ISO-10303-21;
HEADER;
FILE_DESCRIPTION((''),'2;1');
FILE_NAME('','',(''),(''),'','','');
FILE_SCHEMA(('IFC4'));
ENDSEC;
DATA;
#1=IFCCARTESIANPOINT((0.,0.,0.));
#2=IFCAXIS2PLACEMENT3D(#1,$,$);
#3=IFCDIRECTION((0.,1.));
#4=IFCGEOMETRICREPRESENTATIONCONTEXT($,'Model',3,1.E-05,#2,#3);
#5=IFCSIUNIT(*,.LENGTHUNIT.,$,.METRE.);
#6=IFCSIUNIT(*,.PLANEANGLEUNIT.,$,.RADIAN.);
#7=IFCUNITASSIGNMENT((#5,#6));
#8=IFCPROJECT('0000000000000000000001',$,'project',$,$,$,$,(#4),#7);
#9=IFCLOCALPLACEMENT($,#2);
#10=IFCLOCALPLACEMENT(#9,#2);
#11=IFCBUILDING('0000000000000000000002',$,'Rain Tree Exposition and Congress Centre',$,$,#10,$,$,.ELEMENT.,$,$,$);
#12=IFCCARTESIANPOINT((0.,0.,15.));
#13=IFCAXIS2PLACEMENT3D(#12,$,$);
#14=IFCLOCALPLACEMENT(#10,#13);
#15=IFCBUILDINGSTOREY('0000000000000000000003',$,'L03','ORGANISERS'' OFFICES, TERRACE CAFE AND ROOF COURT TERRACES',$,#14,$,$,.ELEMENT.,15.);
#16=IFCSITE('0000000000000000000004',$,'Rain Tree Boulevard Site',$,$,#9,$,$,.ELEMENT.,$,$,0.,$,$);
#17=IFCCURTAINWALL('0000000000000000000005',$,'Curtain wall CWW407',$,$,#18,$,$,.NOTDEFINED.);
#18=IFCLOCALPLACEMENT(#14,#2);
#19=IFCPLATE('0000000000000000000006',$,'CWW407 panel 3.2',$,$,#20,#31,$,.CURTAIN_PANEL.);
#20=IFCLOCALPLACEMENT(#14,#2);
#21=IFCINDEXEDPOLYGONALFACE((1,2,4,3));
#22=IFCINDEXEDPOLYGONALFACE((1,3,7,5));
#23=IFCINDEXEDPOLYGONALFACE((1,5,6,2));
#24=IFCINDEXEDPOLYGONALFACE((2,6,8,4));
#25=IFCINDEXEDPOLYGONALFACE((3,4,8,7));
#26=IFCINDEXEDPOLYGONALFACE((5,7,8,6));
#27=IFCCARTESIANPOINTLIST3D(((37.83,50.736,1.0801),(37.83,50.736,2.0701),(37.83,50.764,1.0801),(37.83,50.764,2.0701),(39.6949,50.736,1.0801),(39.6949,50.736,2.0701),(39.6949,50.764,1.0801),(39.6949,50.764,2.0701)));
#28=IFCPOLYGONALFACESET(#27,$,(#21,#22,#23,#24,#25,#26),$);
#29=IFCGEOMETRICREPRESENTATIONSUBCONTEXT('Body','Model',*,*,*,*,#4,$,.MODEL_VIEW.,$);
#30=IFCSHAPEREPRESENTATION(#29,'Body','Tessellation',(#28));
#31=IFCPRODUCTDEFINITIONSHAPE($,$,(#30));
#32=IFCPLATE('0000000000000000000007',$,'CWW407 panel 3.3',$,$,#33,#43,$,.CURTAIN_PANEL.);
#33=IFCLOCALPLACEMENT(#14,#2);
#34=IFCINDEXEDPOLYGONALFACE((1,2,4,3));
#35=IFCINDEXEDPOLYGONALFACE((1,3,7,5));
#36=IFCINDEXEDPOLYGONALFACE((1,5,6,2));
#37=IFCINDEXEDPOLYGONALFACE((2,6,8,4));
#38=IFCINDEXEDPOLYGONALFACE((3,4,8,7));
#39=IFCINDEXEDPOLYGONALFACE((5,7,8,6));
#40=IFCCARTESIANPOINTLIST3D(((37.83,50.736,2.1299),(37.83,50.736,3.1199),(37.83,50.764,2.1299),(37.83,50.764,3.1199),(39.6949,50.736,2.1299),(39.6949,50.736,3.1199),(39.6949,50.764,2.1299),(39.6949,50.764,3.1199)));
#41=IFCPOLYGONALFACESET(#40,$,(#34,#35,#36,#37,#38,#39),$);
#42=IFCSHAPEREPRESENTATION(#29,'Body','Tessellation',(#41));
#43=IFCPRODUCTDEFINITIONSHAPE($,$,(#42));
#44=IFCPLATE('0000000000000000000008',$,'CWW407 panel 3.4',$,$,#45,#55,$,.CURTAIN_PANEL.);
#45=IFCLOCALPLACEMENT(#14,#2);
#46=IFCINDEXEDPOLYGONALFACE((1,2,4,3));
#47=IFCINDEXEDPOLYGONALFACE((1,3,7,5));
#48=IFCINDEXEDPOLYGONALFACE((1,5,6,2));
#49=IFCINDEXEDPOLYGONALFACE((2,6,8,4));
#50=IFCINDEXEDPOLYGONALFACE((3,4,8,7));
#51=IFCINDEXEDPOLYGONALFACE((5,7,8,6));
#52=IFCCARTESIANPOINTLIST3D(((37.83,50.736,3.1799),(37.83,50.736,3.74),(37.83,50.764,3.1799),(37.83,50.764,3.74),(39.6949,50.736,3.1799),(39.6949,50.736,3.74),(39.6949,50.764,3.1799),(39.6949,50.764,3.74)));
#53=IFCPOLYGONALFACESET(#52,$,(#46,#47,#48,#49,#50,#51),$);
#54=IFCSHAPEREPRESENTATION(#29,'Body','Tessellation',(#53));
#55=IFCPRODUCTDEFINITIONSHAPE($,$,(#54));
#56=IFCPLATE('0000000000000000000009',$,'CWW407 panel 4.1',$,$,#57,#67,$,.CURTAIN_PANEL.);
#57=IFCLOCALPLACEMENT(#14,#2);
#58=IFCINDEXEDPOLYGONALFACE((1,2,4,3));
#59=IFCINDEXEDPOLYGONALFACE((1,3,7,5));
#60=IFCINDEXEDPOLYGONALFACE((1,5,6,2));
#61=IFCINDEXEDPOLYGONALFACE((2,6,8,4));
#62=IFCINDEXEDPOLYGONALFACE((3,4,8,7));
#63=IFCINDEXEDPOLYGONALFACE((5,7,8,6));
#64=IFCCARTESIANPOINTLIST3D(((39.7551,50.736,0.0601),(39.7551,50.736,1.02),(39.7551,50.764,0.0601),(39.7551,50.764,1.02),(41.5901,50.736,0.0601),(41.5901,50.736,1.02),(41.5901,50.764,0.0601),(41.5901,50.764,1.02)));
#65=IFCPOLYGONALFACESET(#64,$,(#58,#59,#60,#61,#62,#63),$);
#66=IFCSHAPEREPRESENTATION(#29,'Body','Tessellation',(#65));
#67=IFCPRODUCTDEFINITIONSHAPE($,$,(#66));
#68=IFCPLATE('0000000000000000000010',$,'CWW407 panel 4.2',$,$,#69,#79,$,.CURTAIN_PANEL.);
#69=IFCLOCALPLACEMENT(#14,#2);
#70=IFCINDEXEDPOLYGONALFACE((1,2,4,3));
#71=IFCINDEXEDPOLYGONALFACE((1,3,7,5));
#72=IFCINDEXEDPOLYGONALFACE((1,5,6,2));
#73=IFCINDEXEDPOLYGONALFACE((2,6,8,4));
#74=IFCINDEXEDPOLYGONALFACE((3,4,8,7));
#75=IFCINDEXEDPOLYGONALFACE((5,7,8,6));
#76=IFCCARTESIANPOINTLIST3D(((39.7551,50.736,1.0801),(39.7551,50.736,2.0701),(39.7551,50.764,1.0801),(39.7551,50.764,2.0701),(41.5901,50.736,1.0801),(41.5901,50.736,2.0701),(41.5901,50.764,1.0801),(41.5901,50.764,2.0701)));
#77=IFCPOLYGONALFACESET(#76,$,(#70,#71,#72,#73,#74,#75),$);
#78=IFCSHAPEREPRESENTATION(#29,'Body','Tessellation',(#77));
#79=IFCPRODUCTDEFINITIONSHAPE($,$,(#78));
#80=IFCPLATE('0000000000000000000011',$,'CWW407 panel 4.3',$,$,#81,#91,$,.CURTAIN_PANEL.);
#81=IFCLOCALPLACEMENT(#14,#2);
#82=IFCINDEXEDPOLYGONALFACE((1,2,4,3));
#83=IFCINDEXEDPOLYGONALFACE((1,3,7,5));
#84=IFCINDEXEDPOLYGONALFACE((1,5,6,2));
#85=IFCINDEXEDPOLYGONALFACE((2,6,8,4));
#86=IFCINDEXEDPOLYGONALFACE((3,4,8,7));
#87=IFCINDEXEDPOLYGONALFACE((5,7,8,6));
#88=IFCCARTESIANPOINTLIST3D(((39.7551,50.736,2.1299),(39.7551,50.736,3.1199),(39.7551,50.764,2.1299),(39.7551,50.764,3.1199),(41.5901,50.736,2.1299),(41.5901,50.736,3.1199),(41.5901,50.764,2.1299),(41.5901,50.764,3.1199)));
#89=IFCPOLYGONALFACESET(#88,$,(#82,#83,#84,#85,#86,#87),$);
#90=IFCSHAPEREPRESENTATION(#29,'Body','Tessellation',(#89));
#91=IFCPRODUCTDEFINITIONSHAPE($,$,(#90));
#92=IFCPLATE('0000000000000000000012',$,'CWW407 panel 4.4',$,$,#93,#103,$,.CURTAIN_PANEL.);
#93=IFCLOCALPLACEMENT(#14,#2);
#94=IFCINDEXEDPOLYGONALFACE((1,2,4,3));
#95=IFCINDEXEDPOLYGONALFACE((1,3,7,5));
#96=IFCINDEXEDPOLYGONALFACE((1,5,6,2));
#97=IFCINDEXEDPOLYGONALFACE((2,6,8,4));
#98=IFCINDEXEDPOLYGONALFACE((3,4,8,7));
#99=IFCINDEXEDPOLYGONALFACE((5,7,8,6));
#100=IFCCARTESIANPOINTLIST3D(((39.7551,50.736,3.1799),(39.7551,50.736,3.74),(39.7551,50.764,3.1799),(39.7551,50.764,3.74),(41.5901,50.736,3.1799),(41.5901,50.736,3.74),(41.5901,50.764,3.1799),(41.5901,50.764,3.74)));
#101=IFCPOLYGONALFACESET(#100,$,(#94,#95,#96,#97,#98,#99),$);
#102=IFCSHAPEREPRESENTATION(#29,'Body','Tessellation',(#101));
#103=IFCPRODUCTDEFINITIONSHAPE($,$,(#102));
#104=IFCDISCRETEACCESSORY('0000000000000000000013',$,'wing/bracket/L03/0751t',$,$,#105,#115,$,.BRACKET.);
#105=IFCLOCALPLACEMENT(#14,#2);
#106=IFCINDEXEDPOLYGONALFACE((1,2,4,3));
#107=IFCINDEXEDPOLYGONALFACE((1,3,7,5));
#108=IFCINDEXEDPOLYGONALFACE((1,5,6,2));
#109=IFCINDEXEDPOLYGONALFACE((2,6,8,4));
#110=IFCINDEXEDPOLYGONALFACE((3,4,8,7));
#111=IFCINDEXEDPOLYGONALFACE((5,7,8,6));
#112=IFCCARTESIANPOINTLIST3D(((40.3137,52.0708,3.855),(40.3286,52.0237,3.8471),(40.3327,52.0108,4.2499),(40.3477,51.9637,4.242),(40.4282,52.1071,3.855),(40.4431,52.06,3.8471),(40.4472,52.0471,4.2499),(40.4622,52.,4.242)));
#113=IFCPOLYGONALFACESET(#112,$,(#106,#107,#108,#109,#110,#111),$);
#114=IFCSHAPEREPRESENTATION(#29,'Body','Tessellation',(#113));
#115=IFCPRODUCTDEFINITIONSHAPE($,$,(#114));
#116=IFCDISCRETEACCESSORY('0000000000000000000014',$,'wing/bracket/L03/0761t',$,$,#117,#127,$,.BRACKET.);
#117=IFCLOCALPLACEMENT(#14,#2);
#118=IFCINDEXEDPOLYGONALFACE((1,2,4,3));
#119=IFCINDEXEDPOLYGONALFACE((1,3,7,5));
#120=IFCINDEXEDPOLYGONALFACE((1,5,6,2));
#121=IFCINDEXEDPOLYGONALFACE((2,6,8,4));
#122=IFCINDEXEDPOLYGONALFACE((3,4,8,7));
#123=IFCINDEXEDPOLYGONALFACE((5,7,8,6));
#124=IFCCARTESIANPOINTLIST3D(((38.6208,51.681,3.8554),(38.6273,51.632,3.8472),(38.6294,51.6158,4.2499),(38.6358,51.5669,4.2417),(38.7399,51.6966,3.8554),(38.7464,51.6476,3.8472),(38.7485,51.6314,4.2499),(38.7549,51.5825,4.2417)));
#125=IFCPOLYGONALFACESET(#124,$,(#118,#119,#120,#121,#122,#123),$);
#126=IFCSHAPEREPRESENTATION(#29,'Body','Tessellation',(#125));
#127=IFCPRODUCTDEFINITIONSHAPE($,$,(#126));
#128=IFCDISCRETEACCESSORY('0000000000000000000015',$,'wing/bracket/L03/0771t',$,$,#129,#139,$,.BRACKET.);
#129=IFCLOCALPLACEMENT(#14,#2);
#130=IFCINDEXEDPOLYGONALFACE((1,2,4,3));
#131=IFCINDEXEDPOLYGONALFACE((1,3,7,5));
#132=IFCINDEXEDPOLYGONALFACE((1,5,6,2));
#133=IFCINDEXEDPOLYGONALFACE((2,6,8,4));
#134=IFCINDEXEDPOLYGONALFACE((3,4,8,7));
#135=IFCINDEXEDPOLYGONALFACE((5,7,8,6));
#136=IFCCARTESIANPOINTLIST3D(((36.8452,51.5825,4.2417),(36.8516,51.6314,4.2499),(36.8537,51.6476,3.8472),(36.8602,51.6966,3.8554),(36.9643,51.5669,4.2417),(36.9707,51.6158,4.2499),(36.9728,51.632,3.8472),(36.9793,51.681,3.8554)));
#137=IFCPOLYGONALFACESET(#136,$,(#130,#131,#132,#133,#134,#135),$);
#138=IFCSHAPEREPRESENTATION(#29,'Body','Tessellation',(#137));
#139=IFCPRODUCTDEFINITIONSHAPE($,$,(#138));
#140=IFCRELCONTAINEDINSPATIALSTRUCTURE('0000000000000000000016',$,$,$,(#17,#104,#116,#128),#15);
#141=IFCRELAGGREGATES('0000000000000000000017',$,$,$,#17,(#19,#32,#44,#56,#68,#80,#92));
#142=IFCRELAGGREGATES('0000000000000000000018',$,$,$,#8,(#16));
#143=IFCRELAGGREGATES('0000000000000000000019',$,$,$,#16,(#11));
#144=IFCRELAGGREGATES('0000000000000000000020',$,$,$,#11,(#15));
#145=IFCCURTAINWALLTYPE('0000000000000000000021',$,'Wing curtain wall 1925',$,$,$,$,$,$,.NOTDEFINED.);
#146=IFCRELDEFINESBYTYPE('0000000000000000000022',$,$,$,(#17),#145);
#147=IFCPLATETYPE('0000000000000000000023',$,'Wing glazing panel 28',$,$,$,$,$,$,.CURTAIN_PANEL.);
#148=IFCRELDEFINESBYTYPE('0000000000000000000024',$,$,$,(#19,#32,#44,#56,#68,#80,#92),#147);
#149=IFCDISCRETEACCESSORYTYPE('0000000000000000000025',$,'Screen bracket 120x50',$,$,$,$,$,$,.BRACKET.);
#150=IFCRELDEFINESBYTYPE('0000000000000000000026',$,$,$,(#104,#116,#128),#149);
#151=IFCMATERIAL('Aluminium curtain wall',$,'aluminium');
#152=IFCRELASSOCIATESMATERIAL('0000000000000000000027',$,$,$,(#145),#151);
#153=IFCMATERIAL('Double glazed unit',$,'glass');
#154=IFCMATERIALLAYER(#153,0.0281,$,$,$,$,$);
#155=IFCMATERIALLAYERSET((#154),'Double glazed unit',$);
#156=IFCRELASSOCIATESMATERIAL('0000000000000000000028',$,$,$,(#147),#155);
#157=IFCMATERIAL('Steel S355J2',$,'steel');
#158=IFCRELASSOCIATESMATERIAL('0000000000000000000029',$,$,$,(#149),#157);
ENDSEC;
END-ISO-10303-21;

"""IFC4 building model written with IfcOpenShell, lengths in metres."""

from ifc_helpers import new_model, si_unit, direction, frame, origin, origin_2d, place, context, subcontext, project, spatial, rectangle, extrude, material, layer, layer_set, material_profile, profile_set, type_object, element, aggregate, save


model = new_model("IFC4")

# Units and contexts
model_context = context("Model", 3, precision=1e-05, world=origin(), true_north=direction((0.0, 1.0)))
body_context = subcontext(model_context, "Body", "Model", "MODEL_VIEW")
ifc_project = project(units=[si_unit("LENGTHUNIT", "METRE"), si_unit("PLANEANGLEUNIT", "RADIAN")], contexts=[model_context])

# Site, building, storey
site_placement = place(None, origin())
site = spatial("IfcSite", under=ifc_project, at=site_placement, Name="Rain Tree Boulevard Site", CompositionType="ELEMENT", RefElevation=0.0)
building_placement = place(site_placement, origin())
building = spatial("IfcBuilding", under=site, at=building_placement, Name="Rain Tree Exposition and Congress Centre", CompositionType="ELEMENT")
storey_placement = place(building_placement, frame((0.0, 0.0, 15.0)))
storey = spatial("IfcBuildingStorey", under=building, at=storey_placement, Name="L03", Description="ORGANISERS' OFFICES, TERRACE CAFE AND ROOF COURT TERRACES", CompositionType="ELEMENT", Elevation=15.0)

# Curtain wall, plates
ifc_material_1 = material(Name="Aluminium curtain wall", Category="aluminium")
curtain_wall_type = type_object("IfcCurtainWallType", Name="Wing curtain wall 1925", PredefinedType="NOTDEFINED", material=ifc_material_1)
curtain_wall_placement = place(storey_placement, origin())
curtain_wall = element("IfcCurtainWall", 1, at=curtain_wall_placement, inside=storey, type_object=curtain_wall_type, Name="Curtain wall CWW407", PredefinedType="NOTDEFINED")
ifc_material_2 = material(Name="Double glazed unit", Category="glass")
ifc_layer_1 = layer(ifc_material_2, 0.0281)
ifc_layer_set_1 = layer_set([ifc_layer_1], Name="Double glazed unit")
plate_type = type_object("IfcPlateType", Name="Wing glazing panel 28", PredefinedType="CURTAIN_PANEL", material=ifc_layer_set_1)
plate_1_placement = place(storey_placement, frame((38.7625, 50.75, 1.0801), z_axis=(0.0, 0.0, 1.0), x_axis=(1.0, 0.0, 0.0)))
plate_1 = element("IfcPlate", 2, at=plate_1_placement, type_object=plate_type, Name="CWW407 panel 3.2", PredefinedType="CURTAIN_PANEL", context=body_context, shape_type="SweptSolid", body=[
    extrude(rectangle(XDim=1.865, YDim=0.0281, at=origin_2d()), origin(), (0.0, 0.0, 1.0), 0.99),
])
plate_2_placement = place(storey_placement, frame((38.7625, 50.75, 2.1299), z_axis=(0.0, 0.0, 1.0), x_axis=(1.0, 0.0, 0.0)))
plate_2 = element("IfcPlate", 3, at=plate_2_placement, type_object=plate_type, Name="CWW407 panel 3.3", PredefinedType="CURTAIN_PANEL", context=body_context, shape_type="SweptSolid", body=[
    extrude(rectangle(XDim=1.865, YDim=0.0281, at=origin_2d()), origin(), (0.0, 0.0, 1.0), 0.99),
])
plate_3_placement = place(storey_placement, frame((38.7625, 50.75, 3.1799), z_axis=(0.0, 0.0, 1.0), x_axis=(1.0, 0.0, 0.0)))
plate_3 = element("IfcPlate", 4, at=plate_3_placement, type_object=plate_type, Name="CWW407 panel 3.4", PredefinedType="CURTAIN_PANEL", context=body_context, shape_type="SweptSolid", body=[
    extrude(rectangle(XDim=1.865, YDim=0.0281, at=origin_2d()), origin(), (0.0, 0.0, 1.0), 0.5601),
])
plate_4_placement = place(storey_placement, frame((40.6726, 50.75, 0.0601), z_axis=(0.0, 0.0, 1.0), x_axis=(1.0, 0.0, 0.0)))
plate_4 = element("IfcPlate", 5, at=plate_4_placement, type_object=plate_type, Name="CWW407 panel 4.1", PredefinedType="CURTAIN_PANEL", context=body_context, shape_type="SweptSolid", body=[
    extrude(rectangle(XDim=1.835, YDim=0.0281, at=origin_2d()), origin(), (0.0, 0.0, 1.0), 0.96),
])
plate_5_placement = place(storey_placement, frame((40.6726, 50.75, 1.0801), z_axis=(0.0, 0.0, 1.0), x_axis=(1.0, 0.0, 0.0)))
plate_5 = element("IfcPlate", 6, at=plate_5_placement, type_object=plate_type, Name="CWW407 panel 4.2", PredefinedType="CURTAIN_PANEL", context=body_context, shape_type="SweptSolid", body=[
    extrude(rectangle(XDim=1.835, YDim=0.0281, at=origin_2d()), origin(), (0.0, 0.0, 1.0), 0.99),
])
plate_6_placement = place(storey_placement, frame((40.6726, 50.75, 2.1299), z_axis=(0.0, 0.0, 1.0), x_axis=(1.0, 0.0, 0.0)))
plate_6 = element("IfcPlate", 7, at=plate_6_placement, type_object=plate_type, Name="CWW407 panel 4.3", PredefinedType="CURTAIN_PANEL", context=body_context, shape_type="SweptSolid", body=[
    extrude(rectangle(XDim=1.835, YDim=0.0281, at=origin_2d()), origin(), (0.0, 0.0, 1.0), 0.99),
])
plate_7_placement = place(storey_placement, frame((40.6726, 50.75, 3.1799), z_axis=(0.0, 0.0, 1.0), x_axis=(1.0, 0.0, 0.0)))
plate_7 = element("IfcPlate", 8, at=plate_7_placement, type_object=plate_type, Name="CWW407 panel 4.4", PredefinedType="CURTAIN_PANEL", context=body_context, shape_type="SweptSolid", body=[
    extrude(rectangle(XDim=1.835, YDim=0.0281, at=origin_2d()), origin(), (0.0, 0.0, 1.0), 0.5601),
])
aggregate(curtain_wall, [plate_1, plate_2, plate_3, plate_4, plate_5, plate_6, plate_7])

# Discrete accessories
ifc_material_3 = material(Name="Steel S355J2", Category="steel")
ifc_material_profile_1 = material_profile(ifc_material_3, rectangle(XDim=0.1201, YDim=0.05, at=origin_2d()), Name="Flat bar 120x50")
ifc_profile_set_1 = profile_set([ifc_material_profile_1], Name="Steel S355J2")
discrete_accessory_type = type_object("IfcDiscreteAccessoryType", Name="Screen bracket 120x50", PredefinedType="BRACKET", material=ifc_profile_set_1)
for number, where, z_axis, x_axis, name in (
    (9, (40.3784, 52.0654, 3.8511), (0.047606, -0.150142, 0.987518), (0.953231, 0.302244, 0.0), "wing/bracket/L03/0751t"),
    (10, (38.6836, 51.6643, 3.8513), (0.021364, -0.162976, 0.986399), (0.991517, 0.129974, 0.0), "wing/bracket/L03/0761t"),
    (11, (36.9165, 51.6643, 3.8513), (-0.021364, -0.162976, 0.986399), (0.991517, -0.129974, 0.0), "wing/bracket/L03/0771t"),
):
    element("IfcDiscreteAccessory", number, at=place(storey_placement, frame(where, z_axis=z_axis, x_axis=x_axis)), inside=storey, type_object=discrete_accessory_type, Name=name, PredefinedType="BRACKET", context=body_context, shape_type="SweptSolid", body=[
        extrude(rectangle(XDim=0.1201, YDim=0.05, at=origin_2d()), origin(), (0.0, 0.0, 1.0), 0.3999),
    ])

save(model, "model.ifc")
